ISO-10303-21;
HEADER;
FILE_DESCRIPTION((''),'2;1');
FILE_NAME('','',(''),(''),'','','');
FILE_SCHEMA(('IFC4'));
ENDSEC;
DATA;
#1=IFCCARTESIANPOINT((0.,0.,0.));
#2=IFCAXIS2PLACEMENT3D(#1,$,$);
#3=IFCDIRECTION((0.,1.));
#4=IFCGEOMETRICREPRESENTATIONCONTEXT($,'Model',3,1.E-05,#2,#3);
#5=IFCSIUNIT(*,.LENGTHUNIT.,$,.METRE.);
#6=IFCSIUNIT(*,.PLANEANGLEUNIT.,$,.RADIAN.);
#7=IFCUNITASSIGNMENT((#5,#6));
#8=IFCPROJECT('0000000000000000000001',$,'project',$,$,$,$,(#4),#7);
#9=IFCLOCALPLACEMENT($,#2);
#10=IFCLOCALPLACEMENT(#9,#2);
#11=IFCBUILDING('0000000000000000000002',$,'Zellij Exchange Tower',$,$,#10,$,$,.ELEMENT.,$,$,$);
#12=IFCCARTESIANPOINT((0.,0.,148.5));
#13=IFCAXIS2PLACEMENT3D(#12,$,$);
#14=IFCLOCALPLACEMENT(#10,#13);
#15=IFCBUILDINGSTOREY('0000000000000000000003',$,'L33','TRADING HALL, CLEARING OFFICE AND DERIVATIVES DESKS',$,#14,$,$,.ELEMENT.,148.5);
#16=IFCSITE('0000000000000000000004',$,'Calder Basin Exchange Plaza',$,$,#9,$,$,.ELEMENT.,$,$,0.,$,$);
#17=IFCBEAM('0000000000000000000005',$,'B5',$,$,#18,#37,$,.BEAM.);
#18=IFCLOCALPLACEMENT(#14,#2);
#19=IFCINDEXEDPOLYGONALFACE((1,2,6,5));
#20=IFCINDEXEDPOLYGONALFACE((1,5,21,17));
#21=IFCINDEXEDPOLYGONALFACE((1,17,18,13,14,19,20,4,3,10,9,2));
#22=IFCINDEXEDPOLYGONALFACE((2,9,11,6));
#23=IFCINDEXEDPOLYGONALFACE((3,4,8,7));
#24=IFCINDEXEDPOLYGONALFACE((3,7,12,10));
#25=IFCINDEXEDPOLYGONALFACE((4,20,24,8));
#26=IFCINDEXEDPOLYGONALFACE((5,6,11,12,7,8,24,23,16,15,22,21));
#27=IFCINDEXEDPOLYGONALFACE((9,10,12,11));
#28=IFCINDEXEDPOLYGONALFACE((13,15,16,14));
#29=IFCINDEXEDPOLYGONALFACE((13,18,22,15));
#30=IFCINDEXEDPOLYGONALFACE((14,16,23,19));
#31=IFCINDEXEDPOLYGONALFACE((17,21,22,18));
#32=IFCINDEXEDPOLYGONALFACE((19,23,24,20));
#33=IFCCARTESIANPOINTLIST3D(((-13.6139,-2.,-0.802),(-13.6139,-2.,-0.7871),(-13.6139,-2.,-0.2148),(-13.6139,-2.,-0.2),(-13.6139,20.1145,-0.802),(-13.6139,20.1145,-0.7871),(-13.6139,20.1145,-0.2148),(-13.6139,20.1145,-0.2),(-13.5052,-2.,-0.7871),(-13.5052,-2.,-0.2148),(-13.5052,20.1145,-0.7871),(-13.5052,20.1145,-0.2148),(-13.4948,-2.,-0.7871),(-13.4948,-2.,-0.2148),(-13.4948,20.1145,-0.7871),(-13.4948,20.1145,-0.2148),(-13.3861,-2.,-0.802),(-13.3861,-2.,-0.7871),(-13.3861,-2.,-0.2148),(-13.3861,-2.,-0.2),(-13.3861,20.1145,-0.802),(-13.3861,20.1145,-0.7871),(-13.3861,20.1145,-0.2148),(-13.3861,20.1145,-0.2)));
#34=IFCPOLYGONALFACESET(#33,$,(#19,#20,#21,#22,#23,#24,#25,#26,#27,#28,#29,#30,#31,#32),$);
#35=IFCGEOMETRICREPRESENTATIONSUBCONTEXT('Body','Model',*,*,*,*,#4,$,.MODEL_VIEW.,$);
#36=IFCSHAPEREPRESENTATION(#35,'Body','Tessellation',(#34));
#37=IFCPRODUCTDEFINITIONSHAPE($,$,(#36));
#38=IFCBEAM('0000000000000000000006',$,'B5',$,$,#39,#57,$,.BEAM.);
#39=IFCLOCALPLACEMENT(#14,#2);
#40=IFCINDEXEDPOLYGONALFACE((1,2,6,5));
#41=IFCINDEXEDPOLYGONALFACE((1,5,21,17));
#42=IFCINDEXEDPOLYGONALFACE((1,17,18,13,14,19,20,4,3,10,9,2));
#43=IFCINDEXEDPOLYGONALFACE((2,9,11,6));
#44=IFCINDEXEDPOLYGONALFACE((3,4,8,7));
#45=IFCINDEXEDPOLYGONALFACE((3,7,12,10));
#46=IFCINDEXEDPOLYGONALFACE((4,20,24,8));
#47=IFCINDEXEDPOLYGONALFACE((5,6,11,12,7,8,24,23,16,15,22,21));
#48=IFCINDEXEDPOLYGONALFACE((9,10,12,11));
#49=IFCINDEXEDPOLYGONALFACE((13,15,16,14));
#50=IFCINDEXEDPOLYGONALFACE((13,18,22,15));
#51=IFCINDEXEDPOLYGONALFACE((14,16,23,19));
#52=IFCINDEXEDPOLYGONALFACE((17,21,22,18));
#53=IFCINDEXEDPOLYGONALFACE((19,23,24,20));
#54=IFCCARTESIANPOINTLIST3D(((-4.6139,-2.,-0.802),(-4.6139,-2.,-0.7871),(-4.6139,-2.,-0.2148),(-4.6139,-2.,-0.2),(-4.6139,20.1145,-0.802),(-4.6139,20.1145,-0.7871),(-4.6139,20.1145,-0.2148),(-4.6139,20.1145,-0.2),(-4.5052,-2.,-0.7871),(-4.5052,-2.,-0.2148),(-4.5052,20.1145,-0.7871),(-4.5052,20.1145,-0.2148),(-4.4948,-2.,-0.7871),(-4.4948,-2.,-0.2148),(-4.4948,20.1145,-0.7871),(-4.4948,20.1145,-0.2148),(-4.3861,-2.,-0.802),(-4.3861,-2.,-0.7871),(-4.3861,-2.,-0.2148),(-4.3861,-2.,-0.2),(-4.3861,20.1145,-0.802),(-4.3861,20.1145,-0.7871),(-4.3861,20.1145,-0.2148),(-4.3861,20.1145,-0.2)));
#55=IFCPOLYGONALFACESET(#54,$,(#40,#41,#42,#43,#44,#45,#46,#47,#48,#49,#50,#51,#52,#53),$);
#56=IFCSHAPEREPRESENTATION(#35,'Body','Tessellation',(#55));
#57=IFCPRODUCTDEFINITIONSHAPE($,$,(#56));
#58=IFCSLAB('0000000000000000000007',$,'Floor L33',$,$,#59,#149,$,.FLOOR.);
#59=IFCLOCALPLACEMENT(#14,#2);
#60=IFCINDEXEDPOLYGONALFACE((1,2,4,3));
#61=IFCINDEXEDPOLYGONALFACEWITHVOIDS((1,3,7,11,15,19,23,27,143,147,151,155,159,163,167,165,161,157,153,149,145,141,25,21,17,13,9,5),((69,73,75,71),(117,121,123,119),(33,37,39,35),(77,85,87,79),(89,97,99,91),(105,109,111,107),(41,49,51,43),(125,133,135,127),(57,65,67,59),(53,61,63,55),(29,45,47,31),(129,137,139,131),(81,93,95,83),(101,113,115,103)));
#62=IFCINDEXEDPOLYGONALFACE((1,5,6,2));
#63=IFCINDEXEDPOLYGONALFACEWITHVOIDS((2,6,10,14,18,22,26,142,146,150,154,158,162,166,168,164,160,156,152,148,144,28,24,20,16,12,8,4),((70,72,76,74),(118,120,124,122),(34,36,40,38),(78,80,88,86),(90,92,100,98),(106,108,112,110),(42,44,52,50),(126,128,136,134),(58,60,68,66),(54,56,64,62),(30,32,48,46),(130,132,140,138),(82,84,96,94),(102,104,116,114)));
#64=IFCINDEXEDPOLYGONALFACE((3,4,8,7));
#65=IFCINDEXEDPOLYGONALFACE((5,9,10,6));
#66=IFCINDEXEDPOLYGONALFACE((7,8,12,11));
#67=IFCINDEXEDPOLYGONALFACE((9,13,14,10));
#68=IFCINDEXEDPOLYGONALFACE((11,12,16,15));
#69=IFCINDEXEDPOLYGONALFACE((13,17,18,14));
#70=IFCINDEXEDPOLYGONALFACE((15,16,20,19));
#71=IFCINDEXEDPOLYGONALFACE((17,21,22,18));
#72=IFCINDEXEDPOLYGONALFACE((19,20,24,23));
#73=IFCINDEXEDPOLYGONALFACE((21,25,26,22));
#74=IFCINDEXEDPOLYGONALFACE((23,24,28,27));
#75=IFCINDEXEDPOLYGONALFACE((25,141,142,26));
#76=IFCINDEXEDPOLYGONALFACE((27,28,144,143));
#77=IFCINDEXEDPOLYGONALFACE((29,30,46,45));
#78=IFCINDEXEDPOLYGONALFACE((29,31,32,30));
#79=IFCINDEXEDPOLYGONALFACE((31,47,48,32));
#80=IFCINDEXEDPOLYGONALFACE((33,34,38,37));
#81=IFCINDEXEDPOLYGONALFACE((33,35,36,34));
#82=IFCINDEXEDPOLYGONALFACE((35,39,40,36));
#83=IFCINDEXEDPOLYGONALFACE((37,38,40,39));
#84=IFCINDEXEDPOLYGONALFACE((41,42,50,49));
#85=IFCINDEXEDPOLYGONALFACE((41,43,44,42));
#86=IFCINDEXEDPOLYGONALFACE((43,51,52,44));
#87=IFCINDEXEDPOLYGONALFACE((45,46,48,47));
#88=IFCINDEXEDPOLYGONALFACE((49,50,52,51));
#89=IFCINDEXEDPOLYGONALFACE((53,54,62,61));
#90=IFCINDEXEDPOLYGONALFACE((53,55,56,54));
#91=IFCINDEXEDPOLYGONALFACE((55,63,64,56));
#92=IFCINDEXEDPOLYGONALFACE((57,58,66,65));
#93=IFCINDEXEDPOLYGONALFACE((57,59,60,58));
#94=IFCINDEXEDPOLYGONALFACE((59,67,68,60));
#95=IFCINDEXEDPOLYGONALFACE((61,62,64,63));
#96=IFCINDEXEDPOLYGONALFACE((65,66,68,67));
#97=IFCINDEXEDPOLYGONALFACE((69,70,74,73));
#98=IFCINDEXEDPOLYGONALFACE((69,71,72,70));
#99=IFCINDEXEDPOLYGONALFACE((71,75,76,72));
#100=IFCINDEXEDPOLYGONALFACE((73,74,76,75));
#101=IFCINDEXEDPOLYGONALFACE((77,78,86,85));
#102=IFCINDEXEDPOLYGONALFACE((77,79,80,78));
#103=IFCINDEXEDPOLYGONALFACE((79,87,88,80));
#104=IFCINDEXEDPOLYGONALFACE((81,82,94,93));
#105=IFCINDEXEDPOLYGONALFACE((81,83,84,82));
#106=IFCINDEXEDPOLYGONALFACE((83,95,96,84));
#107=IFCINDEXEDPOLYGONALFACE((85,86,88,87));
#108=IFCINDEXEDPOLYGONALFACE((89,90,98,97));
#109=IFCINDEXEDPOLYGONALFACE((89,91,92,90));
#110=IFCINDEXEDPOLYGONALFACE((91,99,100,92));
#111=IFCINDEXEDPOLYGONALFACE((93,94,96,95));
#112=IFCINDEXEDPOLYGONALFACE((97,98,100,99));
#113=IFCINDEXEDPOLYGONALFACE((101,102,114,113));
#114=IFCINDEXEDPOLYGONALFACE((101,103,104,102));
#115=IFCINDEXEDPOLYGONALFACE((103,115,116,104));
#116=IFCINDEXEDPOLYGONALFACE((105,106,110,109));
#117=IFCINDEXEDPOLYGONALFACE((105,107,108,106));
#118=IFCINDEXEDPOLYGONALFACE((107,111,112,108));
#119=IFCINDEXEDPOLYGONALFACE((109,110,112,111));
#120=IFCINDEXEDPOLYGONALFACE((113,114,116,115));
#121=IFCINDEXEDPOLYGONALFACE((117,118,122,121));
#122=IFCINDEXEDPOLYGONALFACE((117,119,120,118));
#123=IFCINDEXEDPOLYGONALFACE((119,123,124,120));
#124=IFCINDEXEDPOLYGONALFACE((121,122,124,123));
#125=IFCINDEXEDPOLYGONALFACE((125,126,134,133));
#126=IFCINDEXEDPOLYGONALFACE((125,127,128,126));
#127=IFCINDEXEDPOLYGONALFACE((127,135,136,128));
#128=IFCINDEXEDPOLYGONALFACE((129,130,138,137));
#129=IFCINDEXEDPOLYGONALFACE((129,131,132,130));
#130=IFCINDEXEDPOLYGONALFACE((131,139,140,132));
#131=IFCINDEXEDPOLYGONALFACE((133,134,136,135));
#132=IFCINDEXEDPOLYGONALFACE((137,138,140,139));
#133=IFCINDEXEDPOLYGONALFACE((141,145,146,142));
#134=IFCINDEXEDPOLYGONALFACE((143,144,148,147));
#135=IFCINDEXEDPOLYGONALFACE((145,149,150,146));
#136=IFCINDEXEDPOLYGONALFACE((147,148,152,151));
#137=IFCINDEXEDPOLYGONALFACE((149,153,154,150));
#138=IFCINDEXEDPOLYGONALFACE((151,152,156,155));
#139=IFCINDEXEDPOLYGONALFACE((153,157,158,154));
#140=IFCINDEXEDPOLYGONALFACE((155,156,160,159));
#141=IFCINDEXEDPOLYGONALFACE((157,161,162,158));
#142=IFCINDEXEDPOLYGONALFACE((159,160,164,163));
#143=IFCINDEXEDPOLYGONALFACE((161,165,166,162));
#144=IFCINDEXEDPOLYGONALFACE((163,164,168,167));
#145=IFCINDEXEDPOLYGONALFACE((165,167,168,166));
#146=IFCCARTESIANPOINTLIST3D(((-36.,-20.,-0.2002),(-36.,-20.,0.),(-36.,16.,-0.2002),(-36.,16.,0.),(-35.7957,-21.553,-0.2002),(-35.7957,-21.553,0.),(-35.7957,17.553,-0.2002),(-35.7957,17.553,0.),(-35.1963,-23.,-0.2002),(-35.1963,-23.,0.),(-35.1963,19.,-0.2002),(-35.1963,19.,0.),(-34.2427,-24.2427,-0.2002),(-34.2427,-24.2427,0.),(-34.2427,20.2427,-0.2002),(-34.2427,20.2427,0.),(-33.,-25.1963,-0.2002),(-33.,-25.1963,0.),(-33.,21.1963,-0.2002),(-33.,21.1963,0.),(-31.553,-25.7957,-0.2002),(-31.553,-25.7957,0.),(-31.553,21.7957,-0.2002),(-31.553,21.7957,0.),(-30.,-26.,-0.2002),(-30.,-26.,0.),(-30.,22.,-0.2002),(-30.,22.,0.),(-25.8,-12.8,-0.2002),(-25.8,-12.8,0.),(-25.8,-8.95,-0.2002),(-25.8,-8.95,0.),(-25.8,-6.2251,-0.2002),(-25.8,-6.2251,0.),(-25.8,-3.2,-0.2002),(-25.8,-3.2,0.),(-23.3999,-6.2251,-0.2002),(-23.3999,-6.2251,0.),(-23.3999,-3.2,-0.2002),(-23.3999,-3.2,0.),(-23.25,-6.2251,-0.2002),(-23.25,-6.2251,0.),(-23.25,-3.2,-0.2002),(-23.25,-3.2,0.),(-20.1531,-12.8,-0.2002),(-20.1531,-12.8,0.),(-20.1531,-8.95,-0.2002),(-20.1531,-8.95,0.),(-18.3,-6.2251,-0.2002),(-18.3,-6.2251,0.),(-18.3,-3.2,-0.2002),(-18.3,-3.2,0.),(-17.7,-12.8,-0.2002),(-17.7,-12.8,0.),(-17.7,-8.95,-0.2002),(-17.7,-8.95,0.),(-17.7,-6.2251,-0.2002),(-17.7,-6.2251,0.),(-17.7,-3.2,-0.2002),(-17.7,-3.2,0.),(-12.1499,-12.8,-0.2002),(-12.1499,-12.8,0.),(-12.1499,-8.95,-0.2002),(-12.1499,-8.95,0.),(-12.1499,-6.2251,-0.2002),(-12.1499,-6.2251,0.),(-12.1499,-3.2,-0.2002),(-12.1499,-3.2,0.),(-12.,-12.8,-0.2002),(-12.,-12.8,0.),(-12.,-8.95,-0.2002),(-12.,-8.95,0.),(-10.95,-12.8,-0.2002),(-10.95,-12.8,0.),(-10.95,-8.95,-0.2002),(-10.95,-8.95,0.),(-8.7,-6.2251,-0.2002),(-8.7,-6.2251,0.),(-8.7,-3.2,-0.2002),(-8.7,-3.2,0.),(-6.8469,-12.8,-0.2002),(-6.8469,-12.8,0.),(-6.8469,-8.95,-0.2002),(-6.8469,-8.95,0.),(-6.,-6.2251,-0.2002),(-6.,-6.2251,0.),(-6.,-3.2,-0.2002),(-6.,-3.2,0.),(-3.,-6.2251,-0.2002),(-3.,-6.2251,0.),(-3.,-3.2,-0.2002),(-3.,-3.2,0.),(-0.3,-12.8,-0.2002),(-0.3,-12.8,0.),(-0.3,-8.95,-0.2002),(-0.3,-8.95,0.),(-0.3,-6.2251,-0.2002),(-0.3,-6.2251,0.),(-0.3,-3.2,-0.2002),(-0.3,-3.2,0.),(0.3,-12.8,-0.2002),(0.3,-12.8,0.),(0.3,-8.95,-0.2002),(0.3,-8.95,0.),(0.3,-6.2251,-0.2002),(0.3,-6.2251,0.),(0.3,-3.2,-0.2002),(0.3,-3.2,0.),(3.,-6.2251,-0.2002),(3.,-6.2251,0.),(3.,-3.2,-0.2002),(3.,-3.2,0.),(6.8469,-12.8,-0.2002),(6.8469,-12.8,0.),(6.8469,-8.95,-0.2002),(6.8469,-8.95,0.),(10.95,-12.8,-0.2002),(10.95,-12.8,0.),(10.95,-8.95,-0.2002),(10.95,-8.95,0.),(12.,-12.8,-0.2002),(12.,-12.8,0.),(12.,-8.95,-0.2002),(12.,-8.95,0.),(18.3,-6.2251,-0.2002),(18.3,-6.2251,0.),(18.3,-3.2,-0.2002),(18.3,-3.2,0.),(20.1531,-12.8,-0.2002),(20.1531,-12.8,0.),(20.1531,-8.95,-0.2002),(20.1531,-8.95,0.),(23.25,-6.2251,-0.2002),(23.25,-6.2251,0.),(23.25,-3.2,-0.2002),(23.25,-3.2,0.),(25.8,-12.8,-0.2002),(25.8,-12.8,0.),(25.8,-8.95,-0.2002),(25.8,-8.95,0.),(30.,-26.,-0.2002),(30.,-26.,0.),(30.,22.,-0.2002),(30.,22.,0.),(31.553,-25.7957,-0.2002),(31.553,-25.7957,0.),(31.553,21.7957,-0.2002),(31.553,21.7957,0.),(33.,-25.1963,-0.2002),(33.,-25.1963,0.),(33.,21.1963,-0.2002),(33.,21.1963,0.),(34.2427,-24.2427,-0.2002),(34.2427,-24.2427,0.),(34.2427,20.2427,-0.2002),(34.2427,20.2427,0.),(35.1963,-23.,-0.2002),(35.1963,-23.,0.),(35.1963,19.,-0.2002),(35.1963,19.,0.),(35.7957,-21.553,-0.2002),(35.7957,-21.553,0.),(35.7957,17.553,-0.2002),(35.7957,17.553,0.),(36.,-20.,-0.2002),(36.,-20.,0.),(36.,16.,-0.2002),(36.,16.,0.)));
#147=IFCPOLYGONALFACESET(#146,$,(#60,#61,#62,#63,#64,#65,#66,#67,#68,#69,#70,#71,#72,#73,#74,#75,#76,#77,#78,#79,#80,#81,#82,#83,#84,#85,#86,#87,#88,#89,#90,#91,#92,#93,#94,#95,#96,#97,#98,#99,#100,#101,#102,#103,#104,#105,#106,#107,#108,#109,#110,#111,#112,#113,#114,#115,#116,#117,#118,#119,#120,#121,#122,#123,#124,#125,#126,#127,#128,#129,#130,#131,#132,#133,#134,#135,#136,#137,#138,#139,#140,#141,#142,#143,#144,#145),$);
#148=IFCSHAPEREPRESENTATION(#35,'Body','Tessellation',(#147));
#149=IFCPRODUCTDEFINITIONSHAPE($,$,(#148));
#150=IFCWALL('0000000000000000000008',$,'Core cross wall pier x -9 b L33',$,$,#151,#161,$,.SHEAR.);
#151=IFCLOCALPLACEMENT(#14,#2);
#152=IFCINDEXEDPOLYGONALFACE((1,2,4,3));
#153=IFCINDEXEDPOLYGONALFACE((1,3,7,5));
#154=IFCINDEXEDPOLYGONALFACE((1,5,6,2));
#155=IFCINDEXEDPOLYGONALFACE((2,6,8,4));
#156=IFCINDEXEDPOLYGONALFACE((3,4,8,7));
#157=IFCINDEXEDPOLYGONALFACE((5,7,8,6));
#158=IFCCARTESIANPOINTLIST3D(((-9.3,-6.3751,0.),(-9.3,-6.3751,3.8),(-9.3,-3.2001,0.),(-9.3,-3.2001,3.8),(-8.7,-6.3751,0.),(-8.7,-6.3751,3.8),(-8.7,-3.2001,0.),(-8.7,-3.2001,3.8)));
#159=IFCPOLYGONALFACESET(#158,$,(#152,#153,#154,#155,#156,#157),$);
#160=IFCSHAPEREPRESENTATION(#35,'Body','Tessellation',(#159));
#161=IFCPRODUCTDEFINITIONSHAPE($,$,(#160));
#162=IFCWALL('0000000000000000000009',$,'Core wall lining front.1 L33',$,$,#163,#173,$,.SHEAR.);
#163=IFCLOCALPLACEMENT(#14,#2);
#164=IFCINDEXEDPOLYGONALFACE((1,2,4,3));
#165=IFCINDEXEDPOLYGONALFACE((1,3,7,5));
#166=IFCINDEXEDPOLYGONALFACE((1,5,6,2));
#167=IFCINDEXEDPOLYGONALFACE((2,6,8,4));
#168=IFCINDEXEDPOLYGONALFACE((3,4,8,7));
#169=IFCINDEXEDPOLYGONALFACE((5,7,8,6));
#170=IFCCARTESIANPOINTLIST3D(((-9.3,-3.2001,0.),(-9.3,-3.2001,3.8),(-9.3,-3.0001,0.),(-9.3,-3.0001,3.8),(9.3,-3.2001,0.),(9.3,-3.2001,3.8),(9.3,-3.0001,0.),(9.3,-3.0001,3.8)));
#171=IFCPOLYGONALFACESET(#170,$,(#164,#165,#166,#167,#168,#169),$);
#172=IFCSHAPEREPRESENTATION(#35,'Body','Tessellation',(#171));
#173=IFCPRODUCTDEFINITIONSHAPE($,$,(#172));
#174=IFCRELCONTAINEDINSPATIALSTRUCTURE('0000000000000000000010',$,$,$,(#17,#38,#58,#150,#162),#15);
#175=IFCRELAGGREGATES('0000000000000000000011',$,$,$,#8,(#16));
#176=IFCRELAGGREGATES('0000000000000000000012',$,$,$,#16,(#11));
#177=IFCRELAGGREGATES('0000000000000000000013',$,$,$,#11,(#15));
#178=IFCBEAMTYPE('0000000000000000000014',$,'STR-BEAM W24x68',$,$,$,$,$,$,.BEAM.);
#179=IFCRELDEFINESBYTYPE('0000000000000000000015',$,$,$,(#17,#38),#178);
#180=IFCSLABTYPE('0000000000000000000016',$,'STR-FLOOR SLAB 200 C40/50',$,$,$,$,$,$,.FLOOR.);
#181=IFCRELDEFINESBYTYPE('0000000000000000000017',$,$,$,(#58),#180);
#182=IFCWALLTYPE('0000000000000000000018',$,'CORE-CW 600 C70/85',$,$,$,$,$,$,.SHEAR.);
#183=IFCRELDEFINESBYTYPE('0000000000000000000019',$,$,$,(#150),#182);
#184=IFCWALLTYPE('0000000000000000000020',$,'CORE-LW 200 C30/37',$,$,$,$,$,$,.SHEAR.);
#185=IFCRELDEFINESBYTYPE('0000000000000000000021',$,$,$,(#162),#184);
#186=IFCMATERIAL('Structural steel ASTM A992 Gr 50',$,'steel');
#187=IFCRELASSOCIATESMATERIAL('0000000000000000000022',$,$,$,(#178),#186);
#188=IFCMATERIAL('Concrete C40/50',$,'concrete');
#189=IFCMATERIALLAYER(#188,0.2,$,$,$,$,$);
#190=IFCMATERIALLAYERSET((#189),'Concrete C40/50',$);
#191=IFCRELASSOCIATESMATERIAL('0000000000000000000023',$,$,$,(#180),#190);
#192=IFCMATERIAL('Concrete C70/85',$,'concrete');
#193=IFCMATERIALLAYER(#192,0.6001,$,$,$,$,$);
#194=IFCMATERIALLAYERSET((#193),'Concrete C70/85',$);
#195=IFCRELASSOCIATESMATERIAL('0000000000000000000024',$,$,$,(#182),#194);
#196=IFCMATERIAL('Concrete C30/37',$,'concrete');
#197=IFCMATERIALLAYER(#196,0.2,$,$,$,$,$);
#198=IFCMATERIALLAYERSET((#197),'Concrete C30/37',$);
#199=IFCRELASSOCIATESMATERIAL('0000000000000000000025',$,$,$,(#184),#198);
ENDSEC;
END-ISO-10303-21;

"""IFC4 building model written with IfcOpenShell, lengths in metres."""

from ifc_helpers import new_model, si_unit, direction, frame, frame_2d, origin, origin_2d, place, context, subcontext, project, spatial, polyline, rectangle, i_section, outline, extrude, material, layer, layer_set, material_profile, profile_set, type_object, element, save


model = new_model("IFC4")

# Units and contexts
model_context = context("Model", 3, precision=1e-05, world=origin(), true_north=direction((0.0, 1.0)))
body_context = subcontext(model_context, "Body", "Model", "MODEL_VIEW")
ifc_project = project(units=[si_unit("LENGTHUNIT", "METRE"), si_unit("PLANEANGLEUNIT", "RADIAN")], contexts=[model_context])

# Site, building, storey
site_placement = place(None, origin())
site = spatial("IfcSite", under=ifc_project, at=site_placement, Name="Calder Basin Exchange Plaza", CompositionType="ELEMENT", RefElevation=0.0)
building_placement = place(site_placement, origin())
building = spatial("IfcBuilding", under=site, at=building_placement, Name="Zellij Exchange Tower", CompositionType="ELEMENT")
storey_placement = place(building_placement, frame((0.0, 0.0, 148.5)))
storey = spatial("IfcBuildingStorey", under=building, at=storey_placement, Name="L33", Description="TRADING HALL, CLEARING OFFICE AND DERIVATIVES DESKS", CompositionType="ELEMENT", Elevation=148.5)

# Beams
ifc_material_1 = material(Name="Structural steel ASTM A992 Gr 50", Category="steel")
ifc_material_profile = material_profile(ifc_material_1, i_section(OverallWidth=0.2278, OverallDepth=0.6021, WebThickness=0.0105, FlangeThickness=0.0149, at=origin_2d()), Name="W24x68")
ifc_profile_set = profile_set([ifc_material_profile], Name="Structural steel ASTM A992 Gr 50")
beam_type = type_object("IfcBeamType", Name="STR-BEAM W24x68", PredefinedType="BEAM", material=ifc_profile_set)
for number, where, z_axis, x_axis, name in (
    (1, (-13.5, -2.0, -0.501), (0.0, 1.0, 0.0), (-1.0, 0.0, 0.0), "B5"),
    (2, (-4.5, -2.0, -0.501), (0.0, 1.0, 0.0), (-1.0, 0.0, 0.0), "B5"),
):
    element("IfcBeam", number, at=place(storey_placement, frame(where, z_axis=z_axis, x_axis=x_axis)), inside=storey, type_object=beam_type, Name=name, PredefinedType="BEAM", context=body_context, shape_type="SweptSolid", body=[
        extrude(i_section(OverallWidth=0.2278, OverallDepth=0.6021, WebThickness=0.0105, FlangeThickness=0.0149, at=origin_2d()), origin(), (0.0, 0.0, 1.0), 22.1145),
    ])

# Slab
ifc_material_2 = material(Name="Concrete C40/50", Category="concrete")
ifc_layer_1 = layer(ifc_material_2, 0.2)
ifc_layer_set_1 = layer_set([ifc_layer_1], Name="Concrete C40/50")
slab_type = type_object("IfcSlabType", Name="STR-FLOOR SLAB 200 C40/50", PredefinedType="FLOOR", material=ifc_layer_set_1)
slab_placement = place(storey_placement, frame((0.0, 0.0, -0.2002)))
element("IfcSlab", 3, at=slab_placement, inside=storey, type_object=slab_type, Name="Floor L33", PredefinedType="FLOOR", context=body_context, shape_type="SweptSolid", body=[
    extrude(outline(polyline([(-30.0, -26.0), (-31.553, -25.7957), (-33.0, -25.1963), (-34.2427, -24.2427), (-35.1963, -23.0), (-35.7957, -21.553), (-36.0, -20.0), (-36.0, 16.0), (-35.7957, 17.553), (-35.1963, 19.0), (-34.2427, 20.2427), (-33.0, 21.1963), (-31.553, 21.7957), (-30.0, 22.0), (30.0, 22.0), (31.553, 21.7957), (33.0, 21.1963), (34.2427, 20.2427), (35.1963, 19.0), (35.7957, 17.553), (36.0, 16.0), (36.0, -20.0), (35.7957, -21.553), (35.1963, -23.0), (34.2427, -24.2427), (33.0, -25.1963), (31.553, -25.7957), (30.0, -26.0), (-30.0, -26.0)]), holes=[polyline([(-25.8, -8.95), (-25.8, -12.8), (-20.1531, -12.8), (-20.1531, -8.95), (-25.8, -8.95)]), polyline([(-12.1499, -8.95), (-17.7, -8.95), (-17.7, -12.8), (-12.1499, -12.8), (-12.1499, -8.95)]), polyline([(-10.95, -8.95), (-12.0, -8.95), (-12.0, -12.8), (-10.95, -12.8), (-10.95, -8.95)]), polyline([(-23.3999, -3.2), (-25.8, -3.2), (-25.8, -6.2251), (-23.3999, -6.2251), (-23.3999, -3.2)]), polyline([(-18.3, -3.2), (-23.25, -3.2), (-23.25, -6.2251), (-18.3, -6.2251), (-18.3, -3.2)]), polyline([(-12.1499, -3.2), (-17.7, -3.2), (-17.7, -6.2251), (-12.1499, -6.2251), (-12.1499, -3.2)]), polyline([(-6.0, -3.2), (-8.7, -3.2), (-8.7, -6.2251), (-6.0, -6.2251), (-6.0, -3.2)]), polyline([(-6.8469, -8.95), (-6.8469, -12.8), (-0.3, -12.8), (-0.3, -8.95), (-6.8469, -8.95)]), polyline([(6.8469, -8.95), (0.3, -8.95), (0.3, -12.8), (6.8469, -12.8), (6.8469, -8.95)]), polyline([(12.0, -8.95), (10.95, -8.95), (10.95, -12.8), (12.0, -12.8), (12.0, -8.95)]), polyline([(25.8, -8.95), (20.1531, -8.95), (20.1531, -12.8), (25.8, -12.8), (25.8, -8.95)]), polyline([(-0.3, -3.2), (-3.0, -3.2), (-3.0, -6.2251), (-0.3, -6.2251), (-0.3, -3.2)]), polyline([(3.0, -3.2), (0.3, -3.2), (0.3, -6.2251), (3.0, -6.2251), (3.0, -3.2)]), polyline([(23.25, -3.2), (18.3, -3.2), (18.3, -6.2251), (23.25, -6.2251), (23.25, -3.2)])]), origin(), (0.0, 0.0, 1.0), 0.2002),
])

# Walls
ifc_material_3 = material(Name="Concrete C70/85", Category="concrete")
ifc_layer_2 = layer(ifc_material_3, 0.6001)
ifc_layer_set_2 = layer_set([ifc_layer_2], Name="Concrete C70/85")
wall_type_1 = type_object("IfcWallType", Name="CORE-CW 600 C70/85", PredefinedType="SHEAR", material=ifc_layer_set_2)
wall_1_placement = place(storey_placement, frame((-9.0, -6.375, 0.0), z_axis=(0.0, 0.0, 1.0), x_axis=(0.0, 1.0, 0.0)))
element("IfcWall", 4, at=wall_1_placement, inside=storey, type_object=wall_type_1, Name="Core cross wall pier x -9 b L33", PredefinedType="SHEAR", context=body_context, shape_type="SweptSolid", body=[
    extrude(rectangle(XDim=3.175, YDim=0.6001, at=frame_2d((1.5874, 0.0))), origin(), (0.0, 0.0, 1.0), 3.8),
])
ifc_material_4 = material(Name="Concrete C30/37", Category="concrete")
ifc_layer_3 = layer(ifc_material_4, 0.2)
ifc_layer_set_3 = layer_set([ifc_layer_3], Name="Concrete C30/37")
wall_type_2 = type_object("IfcWallType", Name="CORE-LW 200 C30/37", PredefinedType="SHEAR", material=ifc_layer_set_3)
wall_2_placement = place(storey_placement, frame((-9.3, -3.1001, 0.0), z_axis=(0.0, 0.0, 1.0), x_axis=(1.0, 0.0, 0.0)))
element("IfcWall", 5, at=wall_2_placement, inside=storey, type_object=wall_type_2, Name="Core wall lining front.1 L33", PredefinedType="SHEAR", context=body_context, shape_type="SweptSolid", body=[
    extrude(rectangle(XDim=18.6001, YDim=0.2, at=frame_2d((9.3, 0.0))), origin(), (0.0, 0.0, 1.0), 3.8),
])

save(model, "model.ifc")
